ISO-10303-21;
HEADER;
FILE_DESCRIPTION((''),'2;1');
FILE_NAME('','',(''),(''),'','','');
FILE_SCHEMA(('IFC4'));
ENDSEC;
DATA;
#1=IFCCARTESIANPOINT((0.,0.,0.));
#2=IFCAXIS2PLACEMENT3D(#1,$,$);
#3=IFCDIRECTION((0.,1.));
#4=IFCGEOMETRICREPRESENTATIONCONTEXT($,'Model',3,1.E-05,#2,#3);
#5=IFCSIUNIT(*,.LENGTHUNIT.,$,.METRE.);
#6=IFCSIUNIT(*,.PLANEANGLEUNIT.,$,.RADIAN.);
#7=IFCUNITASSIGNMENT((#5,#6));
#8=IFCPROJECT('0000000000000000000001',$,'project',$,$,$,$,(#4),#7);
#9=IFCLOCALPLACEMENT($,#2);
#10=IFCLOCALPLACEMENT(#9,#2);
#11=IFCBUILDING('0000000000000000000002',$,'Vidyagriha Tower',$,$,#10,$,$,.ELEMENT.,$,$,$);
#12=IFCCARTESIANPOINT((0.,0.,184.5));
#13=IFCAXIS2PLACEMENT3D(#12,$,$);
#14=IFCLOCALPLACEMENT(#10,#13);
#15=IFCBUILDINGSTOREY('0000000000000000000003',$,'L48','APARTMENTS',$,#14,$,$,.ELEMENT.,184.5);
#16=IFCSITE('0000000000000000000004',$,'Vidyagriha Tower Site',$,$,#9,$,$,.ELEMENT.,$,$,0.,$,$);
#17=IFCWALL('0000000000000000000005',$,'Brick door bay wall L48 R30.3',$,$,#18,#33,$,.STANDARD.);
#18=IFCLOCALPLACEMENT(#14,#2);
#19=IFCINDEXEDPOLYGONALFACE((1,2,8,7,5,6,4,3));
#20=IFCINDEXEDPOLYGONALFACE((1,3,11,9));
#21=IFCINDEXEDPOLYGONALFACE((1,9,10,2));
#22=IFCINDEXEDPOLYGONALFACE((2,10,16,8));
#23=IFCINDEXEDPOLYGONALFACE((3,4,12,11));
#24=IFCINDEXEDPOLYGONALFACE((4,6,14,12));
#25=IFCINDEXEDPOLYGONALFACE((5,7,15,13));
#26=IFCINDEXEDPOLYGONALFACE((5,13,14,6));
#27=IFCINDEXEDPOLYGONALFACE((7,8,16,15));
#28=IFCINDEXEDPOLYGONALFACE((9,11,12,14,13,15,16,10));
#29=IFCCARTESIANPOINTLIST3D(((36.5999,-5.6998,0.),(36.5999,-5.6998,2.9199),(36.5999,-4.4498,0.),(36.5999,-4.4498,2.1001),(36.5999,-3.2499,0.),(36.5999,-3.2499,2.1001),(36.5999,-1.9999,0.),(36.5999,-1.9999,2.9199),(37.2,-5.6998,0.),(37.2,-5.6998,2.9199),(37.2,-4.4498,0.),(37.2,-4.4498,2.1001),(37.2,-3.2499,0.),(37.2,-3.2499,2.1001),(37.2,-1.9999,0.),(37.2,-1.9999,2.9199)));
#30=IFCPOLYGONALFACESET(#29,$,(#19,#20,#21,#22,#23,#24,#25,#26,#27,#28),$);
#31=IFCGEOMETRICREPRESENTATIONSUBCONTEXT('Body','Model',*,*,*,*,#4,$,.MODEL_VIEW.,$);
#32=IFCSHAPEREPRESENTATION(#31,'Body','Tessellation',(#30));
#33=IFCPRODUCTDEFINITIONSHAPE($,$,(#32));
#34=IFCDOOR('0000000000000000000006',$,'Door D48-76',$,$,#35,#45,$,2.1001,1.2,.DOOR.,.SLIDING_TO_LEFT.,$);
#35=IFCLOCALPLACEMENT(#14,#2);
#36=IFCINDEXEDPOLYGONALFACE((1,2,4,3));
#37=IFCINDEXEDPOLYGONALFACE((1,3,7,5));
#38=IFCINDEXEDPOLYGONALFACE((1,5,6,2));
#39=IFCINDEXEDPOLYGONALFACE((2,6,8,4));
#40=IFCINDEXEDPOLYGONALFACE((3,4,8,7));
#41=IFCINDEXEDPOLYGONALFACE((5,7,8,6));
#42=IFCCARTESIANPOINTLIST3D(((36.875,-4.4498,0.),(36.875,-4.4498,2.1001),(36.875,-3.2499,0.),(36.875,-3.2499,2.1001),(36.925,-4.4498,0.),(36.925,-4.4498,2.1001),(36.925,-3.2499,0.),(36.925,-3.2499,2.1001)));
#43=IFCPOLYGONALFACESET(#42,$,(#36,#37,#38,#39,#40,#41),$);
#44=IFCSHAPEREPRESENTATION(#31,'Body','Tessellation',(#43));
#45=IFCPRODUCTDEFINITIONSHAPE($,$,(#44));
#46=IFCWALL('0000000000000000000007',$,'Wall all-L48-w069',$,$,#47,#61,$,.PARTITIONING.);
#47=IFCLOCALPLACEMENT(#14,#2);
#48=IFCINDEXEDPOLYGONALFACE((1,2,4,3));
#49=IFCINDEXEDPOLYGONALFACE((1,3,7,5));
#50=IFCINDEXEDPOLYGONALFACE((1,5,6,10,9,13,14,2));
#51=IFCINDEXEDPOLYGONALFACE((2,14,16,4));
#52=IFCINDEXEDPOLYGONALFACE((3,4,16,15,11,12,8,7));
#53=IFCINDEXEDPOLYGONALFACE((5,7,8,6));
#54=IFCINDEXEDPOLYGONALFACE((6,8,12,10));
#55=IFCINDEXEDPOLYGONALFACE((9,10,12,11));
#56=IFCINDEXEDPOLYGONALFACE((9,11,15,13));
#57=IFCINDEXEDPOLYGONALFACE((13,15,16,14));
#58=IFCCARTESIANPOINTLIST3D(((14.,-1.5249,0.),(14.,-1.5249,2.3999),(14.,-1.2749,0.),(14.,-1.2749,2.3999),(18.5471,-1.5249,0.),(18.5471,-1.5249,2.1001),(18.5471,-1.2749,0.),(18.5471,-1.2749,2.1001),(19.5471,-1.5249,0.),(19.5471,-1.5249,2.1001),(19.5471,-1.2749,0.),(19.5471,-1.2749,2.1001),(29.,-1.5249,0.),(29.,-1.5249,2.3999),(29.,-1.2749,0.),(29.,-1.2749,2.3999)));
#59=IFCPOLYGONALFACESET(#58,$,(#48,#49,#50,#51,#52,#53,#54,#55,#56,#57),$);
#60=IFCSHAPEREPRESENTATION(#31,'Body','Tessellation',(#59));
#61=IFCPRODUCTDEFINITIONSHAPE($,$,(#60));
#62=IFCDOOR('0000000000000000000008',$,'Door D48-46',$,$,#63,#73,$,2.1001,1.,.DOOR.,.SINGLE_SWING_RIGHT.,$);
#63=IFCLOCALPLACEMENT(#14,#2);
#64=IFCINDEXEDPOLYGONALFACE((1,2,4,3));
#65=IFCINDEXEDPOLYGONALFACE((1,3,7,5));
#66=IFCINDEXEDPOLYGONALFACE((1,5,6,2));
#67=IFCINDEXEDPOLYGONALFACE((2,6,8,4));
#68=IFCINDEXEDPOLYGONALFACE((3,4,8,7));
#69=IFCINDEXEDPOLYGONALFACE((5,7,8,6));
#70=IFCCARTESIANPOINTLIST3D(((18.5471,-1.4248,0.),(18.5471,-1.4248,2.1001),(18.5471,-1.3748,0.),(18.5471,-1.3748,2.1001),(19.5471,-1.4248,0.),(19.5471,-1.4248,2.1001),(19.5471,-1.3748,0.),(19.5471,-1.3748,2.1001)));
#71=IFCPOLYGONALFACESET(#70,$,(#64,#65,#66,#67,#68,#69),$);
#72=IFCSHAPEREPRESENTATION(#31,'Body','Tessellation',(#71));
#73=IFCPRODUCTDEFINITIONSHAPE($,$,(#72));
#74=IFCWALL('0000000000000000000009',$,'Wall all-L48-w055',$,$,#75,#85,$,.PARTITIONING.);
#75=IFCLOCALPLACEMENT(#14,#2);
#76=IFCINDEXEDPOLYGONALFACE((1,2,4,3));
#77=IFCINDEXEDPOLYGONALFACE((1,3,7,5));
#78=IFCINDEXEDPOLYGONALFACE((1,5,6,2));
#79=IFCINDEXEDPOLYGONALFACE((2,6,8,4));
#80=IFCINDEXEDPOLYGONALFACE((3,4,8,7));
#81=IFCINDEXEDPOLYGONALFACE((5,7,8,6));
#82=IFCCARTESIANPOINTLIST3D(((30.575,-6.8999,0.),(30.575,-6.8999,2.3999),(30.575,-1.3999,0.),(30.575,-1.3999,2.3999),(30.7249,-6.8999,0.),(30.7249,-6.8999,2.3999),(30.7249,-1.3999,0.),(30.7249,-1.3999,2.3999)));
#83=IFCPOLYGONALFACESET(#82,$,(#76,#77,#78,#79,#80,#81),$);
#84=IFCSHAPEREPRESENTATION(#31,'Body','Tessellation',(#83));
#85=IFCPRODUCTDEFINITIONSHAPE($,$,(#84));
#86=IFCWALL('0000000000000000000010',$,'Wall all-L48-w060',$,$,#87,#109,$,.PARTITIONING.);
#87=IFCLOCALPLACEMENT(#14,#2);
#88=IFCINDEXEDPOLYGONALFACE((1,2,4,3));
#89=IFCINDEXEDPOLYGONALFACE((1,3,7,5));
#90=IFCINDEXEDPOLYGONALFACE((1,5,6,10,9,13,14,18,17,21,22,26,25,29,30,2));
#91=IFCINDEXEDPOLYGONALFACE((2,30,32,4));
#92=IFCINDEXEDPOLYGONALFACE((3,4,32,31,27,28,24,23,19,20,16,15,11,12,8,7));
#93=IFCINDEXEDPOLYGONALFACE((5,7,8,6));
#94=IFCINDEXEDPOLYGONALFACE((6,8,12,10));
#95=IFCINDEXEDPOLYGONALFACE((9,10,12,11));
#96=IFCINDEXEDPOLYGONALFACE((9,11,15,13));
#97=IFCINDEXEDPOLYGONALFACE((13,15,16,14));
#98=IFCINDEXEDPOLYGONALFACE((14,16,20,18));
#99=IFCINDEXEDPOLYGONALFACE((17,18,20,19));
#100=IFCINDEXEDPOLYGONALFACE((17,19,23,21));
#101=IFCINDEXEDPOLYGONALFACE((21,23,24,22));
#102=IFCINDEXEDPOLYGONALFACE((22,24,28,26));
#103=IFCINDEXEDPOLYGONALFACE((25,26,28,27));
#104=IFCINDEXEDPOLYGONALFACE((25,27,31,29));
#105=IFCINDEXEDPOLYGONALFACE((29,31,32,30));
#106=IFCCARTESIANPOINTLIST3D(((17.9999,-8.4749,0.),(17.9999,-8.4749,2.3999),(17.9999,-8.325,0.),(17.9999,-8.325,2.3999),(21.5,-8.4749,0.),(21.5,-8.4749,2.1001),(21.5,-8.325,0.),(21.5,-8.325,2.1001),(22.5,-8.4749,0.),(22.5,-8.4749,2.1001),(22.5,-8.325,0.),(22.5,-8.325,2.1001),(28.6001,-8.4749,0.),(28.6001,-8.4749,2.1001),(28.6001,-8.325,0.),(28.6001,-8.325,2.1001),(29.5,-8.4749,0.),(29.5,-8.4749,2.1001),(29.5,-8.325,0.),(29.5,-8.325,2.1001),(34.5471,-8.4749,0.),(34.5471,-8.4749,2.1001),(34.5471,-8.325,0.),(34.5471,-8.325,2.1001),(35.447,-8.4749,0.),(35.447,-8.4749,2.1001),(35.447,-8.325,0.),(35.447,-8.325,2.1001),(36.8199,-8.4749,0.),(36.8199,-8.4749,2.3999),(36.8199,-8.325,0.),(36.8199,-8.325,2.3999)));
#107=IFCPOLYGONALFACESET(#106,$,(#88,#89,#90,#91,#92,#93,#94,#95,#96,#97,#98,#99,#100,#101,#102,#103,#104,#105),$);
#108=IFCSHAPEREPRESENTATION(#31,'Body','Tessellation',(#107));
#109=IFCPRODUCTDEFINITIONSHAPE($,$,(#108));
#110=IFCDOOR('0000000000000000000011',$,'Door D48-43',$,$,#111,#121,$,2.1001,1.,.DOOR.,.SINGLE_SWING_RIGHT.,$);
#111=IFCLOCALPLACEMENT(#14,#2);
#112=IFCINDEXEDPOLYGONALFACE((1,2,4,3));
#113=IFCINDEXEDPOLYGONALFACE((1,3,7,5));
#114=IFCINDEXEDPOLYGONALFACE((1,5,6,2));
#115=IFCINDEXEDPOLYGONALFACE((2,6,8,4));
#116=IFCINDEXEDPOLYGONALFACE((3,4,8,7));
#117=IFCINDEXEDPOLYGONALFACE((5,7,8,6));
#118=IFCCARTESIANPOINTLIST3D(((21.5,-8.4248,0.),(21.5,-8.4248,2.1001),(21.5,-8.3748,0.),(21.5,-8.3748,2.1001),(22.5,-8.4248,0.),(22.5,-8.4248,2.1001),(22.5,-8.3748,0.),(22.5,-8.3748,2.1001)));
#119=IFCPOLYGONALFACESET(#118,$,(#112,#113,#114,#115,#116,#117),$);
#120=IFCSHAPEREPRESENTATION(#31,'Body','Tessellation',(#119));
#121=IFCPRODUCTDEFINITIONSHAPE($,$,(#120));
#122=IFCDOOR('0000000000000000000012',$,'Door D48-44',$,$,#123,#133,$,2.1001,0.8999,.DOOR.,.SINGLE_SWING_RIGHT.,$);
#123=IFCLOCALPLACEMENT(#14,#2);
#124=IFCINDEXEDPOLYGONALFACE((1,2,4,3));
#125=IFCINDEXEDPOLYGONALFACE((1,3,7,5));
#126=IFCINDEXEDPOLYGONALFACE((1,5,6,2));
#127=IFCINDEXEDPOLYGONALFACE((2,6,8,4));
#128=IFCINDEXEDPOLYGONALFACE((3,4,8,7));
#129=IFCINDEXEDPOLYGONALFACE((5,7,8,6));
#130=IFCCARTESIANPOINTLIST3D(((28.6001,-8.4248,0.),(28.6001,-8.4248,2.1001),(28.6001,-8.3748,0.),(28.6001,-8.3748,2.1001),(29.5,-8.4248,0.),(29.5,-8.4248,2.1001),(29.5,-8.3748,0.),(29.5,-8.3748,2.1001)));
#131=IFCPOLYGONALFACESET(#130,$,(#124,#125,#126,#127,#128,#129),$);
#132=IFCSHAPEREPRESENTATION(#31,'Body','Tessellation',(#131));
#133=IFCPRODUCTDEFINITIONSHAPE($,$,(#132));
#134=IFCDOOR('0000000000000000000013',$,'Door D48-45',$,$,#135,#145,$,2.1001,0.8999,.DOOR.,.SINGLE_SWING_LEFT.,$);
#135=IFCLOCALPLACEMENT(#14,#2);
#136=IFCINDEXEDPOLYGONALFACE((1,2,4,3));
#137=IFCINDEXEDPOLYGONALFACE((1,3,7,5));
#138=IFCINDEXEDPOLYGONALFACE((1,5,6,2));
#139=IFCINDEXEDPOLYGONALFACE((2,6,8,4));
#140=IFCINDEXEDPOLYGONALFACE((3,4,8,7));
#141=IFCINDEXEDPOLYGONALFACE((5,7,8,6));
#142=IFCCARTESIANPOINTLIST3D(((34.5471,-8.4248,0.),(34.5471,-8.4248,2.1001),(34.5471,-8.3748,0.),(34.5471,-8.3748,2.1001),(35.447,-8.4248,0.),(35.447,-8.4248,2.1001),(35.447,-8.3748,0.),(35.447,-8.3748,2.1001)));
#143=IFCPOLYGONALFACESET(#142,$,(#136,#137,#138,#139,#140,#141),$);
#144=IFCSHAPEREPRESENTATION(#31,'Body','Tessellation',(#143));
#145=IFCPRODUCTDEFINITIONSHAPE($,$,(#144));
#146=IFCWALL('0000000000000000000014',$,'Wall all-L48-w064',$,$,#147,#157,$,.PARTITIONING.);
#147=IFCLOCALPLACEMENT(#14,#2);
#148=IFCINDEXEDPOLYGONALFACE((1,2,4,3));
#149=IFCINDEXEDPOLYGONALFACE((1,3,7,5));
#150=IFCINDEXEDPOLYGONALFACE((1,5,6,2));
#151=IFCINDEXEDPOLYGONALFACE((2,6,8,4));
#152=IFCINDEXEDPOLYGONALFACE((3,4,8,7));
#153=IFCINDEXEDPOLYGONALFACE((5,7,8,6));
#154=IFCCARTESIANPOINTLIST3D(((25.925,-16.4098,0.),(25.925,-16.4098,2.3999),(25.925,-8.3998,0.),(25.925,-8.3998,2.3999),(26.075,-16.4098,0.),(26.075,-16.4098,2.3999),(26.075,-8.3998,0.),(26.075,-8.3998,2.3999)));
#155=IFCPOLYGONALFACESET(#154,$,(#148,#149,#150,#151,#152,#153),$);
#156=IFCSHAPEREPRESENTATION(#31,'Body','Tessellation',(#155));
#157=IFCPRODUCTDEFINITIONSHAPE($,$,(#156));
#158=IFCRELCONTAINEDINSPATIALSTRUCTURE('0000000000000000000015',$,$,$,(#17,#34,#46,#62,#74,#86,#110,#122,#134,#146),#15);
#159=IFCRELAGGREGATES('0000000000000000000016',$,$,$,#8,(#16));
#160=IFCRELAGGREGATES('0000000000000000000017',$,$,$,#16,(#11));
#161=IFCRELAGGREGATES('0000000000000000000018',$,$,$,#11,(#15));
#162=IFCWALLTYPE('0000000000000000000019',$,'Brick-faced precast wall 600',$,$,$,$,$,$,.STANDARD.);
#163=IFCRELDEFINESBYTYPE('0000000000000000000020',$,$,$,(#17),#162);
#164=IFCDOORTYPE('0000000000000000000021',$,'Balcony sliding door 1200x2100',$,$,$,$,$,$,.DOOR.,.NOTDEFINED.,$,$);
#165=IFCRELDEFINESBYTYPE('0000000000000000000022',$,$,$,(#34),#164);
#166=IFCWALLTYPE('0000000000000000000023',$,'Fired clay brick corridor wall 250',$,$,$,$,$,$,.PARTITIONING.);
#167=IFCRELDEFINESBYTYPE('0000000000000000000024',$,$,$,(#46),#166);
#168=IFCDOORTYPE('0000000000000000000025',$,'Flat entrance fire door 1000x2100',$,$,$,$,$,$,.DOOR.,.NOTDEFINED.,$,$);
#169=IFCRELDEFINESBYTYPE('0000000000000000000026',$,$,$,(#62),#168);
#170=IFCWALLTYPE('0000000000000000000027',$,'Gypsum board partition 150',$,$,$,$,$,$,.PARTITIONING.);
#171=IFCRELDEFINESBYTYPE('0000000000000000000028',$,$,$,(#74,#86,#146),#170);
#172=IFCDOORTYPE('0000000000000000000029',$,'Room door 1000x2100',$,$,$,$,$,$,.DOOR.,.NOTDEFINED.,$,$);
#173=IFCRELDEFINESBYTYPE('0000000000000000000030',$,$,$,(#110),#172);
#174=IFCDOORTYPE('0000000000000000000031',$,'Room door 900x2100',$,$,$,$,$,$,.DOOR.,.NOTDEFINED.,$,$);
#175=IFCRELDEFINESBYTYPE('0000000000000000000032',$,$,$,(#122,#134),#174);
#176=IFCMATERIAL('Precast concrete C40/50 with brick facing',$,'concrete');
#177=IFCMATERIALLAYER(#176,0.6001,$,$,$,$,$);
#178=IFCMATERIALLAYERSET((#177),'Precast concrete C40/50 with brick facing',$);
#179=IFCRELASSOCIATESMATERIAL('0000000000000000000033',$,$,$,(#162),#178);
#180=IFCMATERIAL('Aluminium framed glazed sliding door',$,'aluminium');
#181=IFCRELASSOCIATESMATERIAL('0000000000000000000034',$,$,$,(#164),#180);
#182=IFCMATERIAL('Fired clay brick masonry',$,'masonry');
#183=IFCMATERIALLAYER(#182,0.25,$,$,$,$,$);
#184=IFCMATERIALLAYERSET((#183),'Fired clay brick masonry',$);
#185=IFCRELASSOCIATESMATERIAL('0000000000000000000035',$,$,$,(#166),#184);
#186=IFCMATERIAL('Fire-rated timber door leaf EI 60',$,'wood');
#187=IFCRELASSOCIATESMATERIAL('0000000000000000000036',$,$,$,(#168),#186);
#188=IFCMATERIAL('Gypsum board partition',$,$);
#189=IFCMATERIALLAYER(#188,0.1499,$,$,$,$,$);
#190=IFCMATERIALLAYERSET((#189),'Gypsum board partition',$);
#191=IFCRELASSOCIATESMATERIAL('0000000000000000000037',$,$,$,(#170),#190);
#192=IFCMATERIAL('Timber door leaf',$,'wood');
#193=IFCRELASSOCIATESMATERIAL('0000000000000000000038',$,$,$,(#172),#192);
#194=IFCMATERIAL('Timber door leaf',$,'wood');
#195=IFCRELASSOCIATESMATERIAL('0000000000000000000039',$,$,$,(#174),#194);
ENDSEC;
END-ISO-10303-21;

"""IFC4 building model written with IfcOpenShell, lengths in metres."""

from ifc_helpers import new_model, si_unit, direction, frame, frame_2d, origin, place, context, subcontext, project, spatial, rectangle, extrude, material, layer, layer_set, type_object, element, fill, save


model = new_model("IFC4")

# Units and contexts
model_context = context("Model", 3, precision=1e-05, world=origin(), true_north=direction((0.0, 1.0)))
body_context = subcontext(model_context, "Body", "Model", "MODEL_VIEW")
ifc_project = project(units=[si_unit("LENGTHUNIT", "METRE"), si_unit("PLANEANGLEUNIT", "RADIAN")], contexts=[model_context])

# Site, building, storey
site_placement = place(None, origin())
site = spatial("IfcSite", under=ifc_project, at=site_placement, Name="Vidyagriha Tower Site", CompositionType="ELEMENT", RefElevation=0.0)
building_placement = place(site_placement, origin())
building = spatial("IfcBuilding", under=site, at=building_placement, Name="Vidyagriha Tower", CompositionType="ELEMENT")
storey_placement = place(building_placement, frame((0.0, 0.0, 184.5)))
storey = spatial("IfcBuildingStorey", under=building, at=storey_placement, Name="L48", Description="APARTMENTS", CompositionType="ELEMENT", Elevation=184.5)

# Walls, openings, doors
ifc_material_1 = material(Name="Precast concrete C40/50 with brick facing", Category="concrete")
ifc_layer_1 = layer(ifc_material_1, 0.6001)
ifc_layer_set_1 = layer_set([ifc_layer_1], Name="Precast concrete C40/50 with brick facing")
wall_type_1 = type_object("IfcWallType", Name="Brick-faced precast wall 600", PredefinedType="STANDARD", material=ifc_layer_set_1)
wall_1_placement = place(storey_placement, frame((36.8999, -5.7, 0.0), z_axis=(0.0, 0.0, 1.0), x_axis=(0.0, 1.0, 0.0)))
wall_1 = element("IfcWall", 1, at=wall_1_placement, inside=storey, type_object=wall_type_1, Name="Brick door bay wall L48 R30.3", PredefinedType="STANDARD", context=body_context, shape_type="SweptSolid", body=[
    extrude(rectangle(XDim=3.7, YDim=0.6001, at=frame_2d((1.8501, 0.0))), origin(), (0.0, 0.0, 1.0), 2.9199),
])
opening_1_placement = place(wall_1_placement, frame((1.25, 0.0, 0.0)))
opening_1 = element("IfcOpeningElement", 2, at=opening_1_placement, cuts=wall_1, PredefinedType="OPENING", context=body_context, shape_type="SweptSolid", body=[
    extrude(rectangle(XDim=1.2, YDim=2.1001, at=frame_2d((0.6001, 1.05))), frame((0.0, 0.3101, 0.0), z_axis=(0.0, -1.0, 0.0), x_axis=(1.0, 0.0, 0.0)), (0.0, 0.0, 1.0), 0.6201),
])
ifc_material_2 = material(Name="Aluminium framed glazed sliding door", Category="aluminium")
door_type_1 = type_object("IfcDoorType", Name="Balcony sliding door 1200x2100", OperationType="NOTDEFINED", PredefinedType="DOOR", material=ifc_material_2)
door_1_placement = place(opening_1_placement, origin())
door_1 = element("IfcDoor", 3, at=door_1_placement, inside=storey, type_object=door_type_1, Name="Door D48-76", OperationType="SLIDING_TO_LEFT", OverallHeight=2.1001, OverallWidth=1.2, PredefinedType="DOOR", context=body_context, shape_type="SweptSolid", body=[
    extrude(rectangle(XDim=1.2, YDim=2.1001, at=frame_2d((0.6001, 1.05))), frame((0.0, 0.0249, 0.0), z_axis=(0.0, -1.0, 0.0), x_axis=(1.0, 0.0, 0.0)), (0.0, 0.0, 1.0), 0.05),
])
fill(opening_1, door_1)
ifc_material_3 = material(Name="Fired clay brick masonry", Category="masonry")
ifc_layer_2 = layer(ifc_material_3, 0.25)
ifc_layer_set_2 = layer_set([ifc_layer_2], Name="Fired clay brick masonry")
wall_type_2 = type_object("IfcWallType", Name="Fired clay brick corridor wall 250", PredefinedType="PARTITIONING", material=ifc_layer_set_2)
wall_2_placement = place(storey_placement, frame((29.0, -1.3999, 0.0), z_axis=(0.0, 0.0, 1.0), x_axis=(-1.0, 0.0, 0.0)))
wall_2 = element("IfcWall", 4, at=wall_2_placement, inside=storey, type_object=wall_type_2, Name="Wall all-L48-w069", PredefinedType="PARTITIONING", context=body_context, shape_type="SweptSolid", body=[
    extrude(rectangle(XDim=15.0, YDim=0.25, at=frame_2d((7.5, 0.0))), origin(), (0.0, 0.0, 1.0), 2.3999),
])
opening_2_placement = place(wall_2_placement, frame((9.4529, 0.0, 0.0)))
opening_2 = element("IfcOpeningElement", 5, at=opening_2_placement, cuts=wall_2, PredefinedType="OPENING", context=body_context, shape_type="SweptSolid", body=[
    extrude(rectangle(XDim=1.0, YDim=2.1001, at=frame_2d((0.5, 1.05))), frame((0.0, 0.135, 0.0), z_axis=(0.0, -1.0, 0.0), x_axis=(1.0, 0.0, 0.0)), (0.0, 0.0, 1.0), 0.27),
])
ifc_material_4 = material(Name="Fire-rated timber door leaf EI 60", Category="wood")
door_type_2 = type_object("IfcDoorType", Name="Flat entrance fire door 1000x2100", OperationType="NOTDEFINED", PredefinedType="DOOR", material=ifc_material_4)
door_2_placement = place(opening_2_placement, origin())
door_2 = element("IfcDoor", 6, at=door_2_placement, inside=storey, type_object=door_type_2, Name="Door D48-46", OperationType="SINGLE_SWING_RIGHT", OverallHeight=2.1001, OverallWidth=1.0, PredefinedType="DOOR", context=body_context, shape_type="SweptSolid", body=[
    extrude(rectangle(XDim=1.0, YDim=2.1001, at=frame_2d((0.5, 1.05))), frame((0.0, 0.0249, 0.0), z_axis=(0.0, -1.0, 0.0), x_axis=(1.0, 0.0, 0.0)), (0.0, 0.0, 1.0), 0.05),
])
fill(opening_2, door_2)

# Wall
ifc_material_5 = material(Name="Gypsum board partition")
ifc_layer_3 = layer(ifc_material_5, 0.1499)
ifc_layer_set_3 = layer_set([ifc_layer_3], Name="Gypsum board partition")
wall_type_3 = type_object("IfcWallType", Name="Gypsum board partition 150", PredefinedType="PARTITIONING", material=ifc_layer_set_3)
wall_3_placement = place(storey_placement, frame((30.6499, -1.3999, 0.0), z_axis=(0.0, 0.0, 1.0), x_axis=(0.0, -1.0, 0.0)))
element("IfcWall", 7, at=wall_3_placement, inside=storey, type_object=wall_type_3, Name="Wall all-L48-w055", PredefinedType="PARTITIONING", context=body_context, shape_type="SweptSolid", body=[
    extrude(rectangle(XDim=5.5, YDim=0.1499, at=frame_2d((2.75, 0.0))), origin(), (0.0, 0.0, 1.0), 2.3999),
])

# Wall, openings, doors
wall_4_placement = place(storey_placement, frame((36.8201, -8.3999, 0.0), z_axis=(0.0, 0.0, 1.0), x_axis=(-1.0, 0.0, 0.0)))
wall_4 = element("IfcWall", 8, at=wall_4_placement, inside=storey, type_object=wall_type_3, Name="Wall all-L48-w060", PredefinedType="PARTITIONING", context=body_context, shape_type="SweptSolid", body=[
    extrude(rectangle(XDim=18.8201, YDim=0.1499, at=frame_2d((9.4102, 0.0))), origin(), (0.0, 0.0, 1.0), 2.3999),
])
opening_3_placement = place(wall_4_placement, frame((14.3201, 0.0, 0.0)))
opening_3 = element("IfcOpeningElement", 9, at=opening_3_placement, cuts=wall_4, PredefinedType="OPENING", context=body_context, shape_type="SweptSolid", body=[
    extrude(rectangle(XDim=1.0, YDim=2.1001, at=frame_2d((0.5, 1.05))), frame((0.0, 0.085, 0.0), z_axis=(0.0, -1.0, 0.0), x_axis=(1.0, 0.0, 0.0)), (0.0, 0.0, 1.0), 0.1699),
])
opening_4_placement = place(wall_4_placement, frame((7.3201, 0.0, 0.0)))
opening_4 = element("IfcOpeningElement", 10, at=opening_4_placement, cuts=wall_4, PredefinedType="OPENING", context=body_context, shape_type="SweptSolid", body=[
    extrude(rectangle(XDim=0.8999, YDim=2.1001, at=frame_2d((0.45, 1.05))), frame((0.0, 0.085, 0.0), z_axis=(0.0, -1.0, 0.0), x_axis=(1.0, 0.0, 0.0)), (0.0, 0.0, 1.0), 0.1699),
])
opening_5_placement = place(wall_4_placement, frame((1.373, 0.0, 0.0)))
opening_5 = element("IfcOpeningElement", 11, at=opening_5_placement, cuts=wall_4, PredefinedType="OPENING", context=body_context, shape_type="SweptSolid", body=[
    extrude(rectangle(XDim=0.8999, YDim=2.1001, at=frame_2d((0.45, 1.05))), frame((0.0, 0.085, 0.0), z_axis=(0.0, -1.0, 0.0), x_axis=(1.0, 0.0, 0.0)), (0.0, 0.0, 1.0), 0.1699),
])
ifc_material_6 = material(Name="Timber door leaf", Category="wood")
door_type_3 = type_object("IfcDoorType", Name="Room door 1000x2100", OperationType="NOTDEFINED", PredefinedType="DOOR", material=ifc_material_6)
door_3_placement = place(opening_3_placement, origin())
door_3 = element("IfcDoor", 12, at=door_3_placement, inside=storey, type_object=door_type_3, Name="Door D48-43", OperationType="SINGLE_SWING_RIGHT", OverallHeight=2.1001, OverallWidth=1.0, PredefinedType="DOOR", context=body_context, shape_type="SweptSolid", body=[
    extrude(rectangle(XDim=1.0, YDim=2.1001, at=frame_2d((0.5, 1.05))), frame((0.0, 0.0249, 0.0), z_axis=(0.0, -1.0, 0.0), x_axis=(1.0, 0.0, 0.0)), (0.0, 0.0, 1.0), 0.05),
])
fill(opening_3, door_3)
ifc_material_7 = material(Name="Timber door leaf", Category="wood")
door_type_4 = type_object("IfcDoorType", Name="Room door 900x2100", OperationType="NOTDEFINED", PredefinedType="DOOR", material=ifc_material_7)
door_4_placement = place(opening_4_placement, origin())
door_4 = element("IfcDoor", 13, at=door_4_placement, inside=storey, type_object=door_type_4, Name="Door D48-44", OperationType="SINGLE_SWING_RIGHT", OverallHeight=2.1001, OverallWidth=0.8999, PredefinedType="DOOR", context=body_context, shape_type="SweptSolid", body=[
    extrude(rectangle(XDim=0.8999, YDim=2.1001, at=frame_2d((0.45, 1.05))), frame((0.0, 0.0249, 0.0), z_axis=(0.0, -1.0, 0.0), x_axis=(1.0, 0.0, 0.0)), (0.0, 0.0, 1.0), 0.05),
])
fill(opening_4, door_4)
door_5_placement = place(opening_5_placement, origin())
door_5 = element("IfcDoor", 14, at=door_5_placement, inside=storey, type_object=door_type_4, Name="Door D48-45", OperationType="SINGLE_SWING_LEFT", OverallHeight=2.1001, OverallWidth=0.8999, PredefinedType="DOOR", context=body_context, shape_type="SweptSolid", body=[
    extrude(rectangle(XDim=0.8999, YDim=2.1001, at=frame_2d((0.45, 1.05))), frame((0.0, 0.0249, 0.0), z_axis=(0.0, -1.0, 0.0), x_axis=(1.0, 0.0, 0.0)), (0.0, 0.0, 1.0), 0.05),
])
fill(opening_5, door_5)

# Wall
wall_5_placement = place(storey_placement, frame((26.0, -8.3999, 0.0), z_axis=(0.0, 0.0, 1.0), x_axis=(0.0, -1.0, 0.0)))
element("IfcWall", 15, at=wall_5_placement, inside=storey, type_object=wall_type_3, Name="Wall all-L48-w064", PredefinedType="PARTITIONING", context=body_context, shape_type="SweptSolid", body=[
    extrude(rectangle(XDim=8.01, YDim=0.1499, at=frame_2d((4.0049, 0.0))), origin(), (0.0, 0.0, 1.0), 2.3999),
])

save(model, "model.ifc")
